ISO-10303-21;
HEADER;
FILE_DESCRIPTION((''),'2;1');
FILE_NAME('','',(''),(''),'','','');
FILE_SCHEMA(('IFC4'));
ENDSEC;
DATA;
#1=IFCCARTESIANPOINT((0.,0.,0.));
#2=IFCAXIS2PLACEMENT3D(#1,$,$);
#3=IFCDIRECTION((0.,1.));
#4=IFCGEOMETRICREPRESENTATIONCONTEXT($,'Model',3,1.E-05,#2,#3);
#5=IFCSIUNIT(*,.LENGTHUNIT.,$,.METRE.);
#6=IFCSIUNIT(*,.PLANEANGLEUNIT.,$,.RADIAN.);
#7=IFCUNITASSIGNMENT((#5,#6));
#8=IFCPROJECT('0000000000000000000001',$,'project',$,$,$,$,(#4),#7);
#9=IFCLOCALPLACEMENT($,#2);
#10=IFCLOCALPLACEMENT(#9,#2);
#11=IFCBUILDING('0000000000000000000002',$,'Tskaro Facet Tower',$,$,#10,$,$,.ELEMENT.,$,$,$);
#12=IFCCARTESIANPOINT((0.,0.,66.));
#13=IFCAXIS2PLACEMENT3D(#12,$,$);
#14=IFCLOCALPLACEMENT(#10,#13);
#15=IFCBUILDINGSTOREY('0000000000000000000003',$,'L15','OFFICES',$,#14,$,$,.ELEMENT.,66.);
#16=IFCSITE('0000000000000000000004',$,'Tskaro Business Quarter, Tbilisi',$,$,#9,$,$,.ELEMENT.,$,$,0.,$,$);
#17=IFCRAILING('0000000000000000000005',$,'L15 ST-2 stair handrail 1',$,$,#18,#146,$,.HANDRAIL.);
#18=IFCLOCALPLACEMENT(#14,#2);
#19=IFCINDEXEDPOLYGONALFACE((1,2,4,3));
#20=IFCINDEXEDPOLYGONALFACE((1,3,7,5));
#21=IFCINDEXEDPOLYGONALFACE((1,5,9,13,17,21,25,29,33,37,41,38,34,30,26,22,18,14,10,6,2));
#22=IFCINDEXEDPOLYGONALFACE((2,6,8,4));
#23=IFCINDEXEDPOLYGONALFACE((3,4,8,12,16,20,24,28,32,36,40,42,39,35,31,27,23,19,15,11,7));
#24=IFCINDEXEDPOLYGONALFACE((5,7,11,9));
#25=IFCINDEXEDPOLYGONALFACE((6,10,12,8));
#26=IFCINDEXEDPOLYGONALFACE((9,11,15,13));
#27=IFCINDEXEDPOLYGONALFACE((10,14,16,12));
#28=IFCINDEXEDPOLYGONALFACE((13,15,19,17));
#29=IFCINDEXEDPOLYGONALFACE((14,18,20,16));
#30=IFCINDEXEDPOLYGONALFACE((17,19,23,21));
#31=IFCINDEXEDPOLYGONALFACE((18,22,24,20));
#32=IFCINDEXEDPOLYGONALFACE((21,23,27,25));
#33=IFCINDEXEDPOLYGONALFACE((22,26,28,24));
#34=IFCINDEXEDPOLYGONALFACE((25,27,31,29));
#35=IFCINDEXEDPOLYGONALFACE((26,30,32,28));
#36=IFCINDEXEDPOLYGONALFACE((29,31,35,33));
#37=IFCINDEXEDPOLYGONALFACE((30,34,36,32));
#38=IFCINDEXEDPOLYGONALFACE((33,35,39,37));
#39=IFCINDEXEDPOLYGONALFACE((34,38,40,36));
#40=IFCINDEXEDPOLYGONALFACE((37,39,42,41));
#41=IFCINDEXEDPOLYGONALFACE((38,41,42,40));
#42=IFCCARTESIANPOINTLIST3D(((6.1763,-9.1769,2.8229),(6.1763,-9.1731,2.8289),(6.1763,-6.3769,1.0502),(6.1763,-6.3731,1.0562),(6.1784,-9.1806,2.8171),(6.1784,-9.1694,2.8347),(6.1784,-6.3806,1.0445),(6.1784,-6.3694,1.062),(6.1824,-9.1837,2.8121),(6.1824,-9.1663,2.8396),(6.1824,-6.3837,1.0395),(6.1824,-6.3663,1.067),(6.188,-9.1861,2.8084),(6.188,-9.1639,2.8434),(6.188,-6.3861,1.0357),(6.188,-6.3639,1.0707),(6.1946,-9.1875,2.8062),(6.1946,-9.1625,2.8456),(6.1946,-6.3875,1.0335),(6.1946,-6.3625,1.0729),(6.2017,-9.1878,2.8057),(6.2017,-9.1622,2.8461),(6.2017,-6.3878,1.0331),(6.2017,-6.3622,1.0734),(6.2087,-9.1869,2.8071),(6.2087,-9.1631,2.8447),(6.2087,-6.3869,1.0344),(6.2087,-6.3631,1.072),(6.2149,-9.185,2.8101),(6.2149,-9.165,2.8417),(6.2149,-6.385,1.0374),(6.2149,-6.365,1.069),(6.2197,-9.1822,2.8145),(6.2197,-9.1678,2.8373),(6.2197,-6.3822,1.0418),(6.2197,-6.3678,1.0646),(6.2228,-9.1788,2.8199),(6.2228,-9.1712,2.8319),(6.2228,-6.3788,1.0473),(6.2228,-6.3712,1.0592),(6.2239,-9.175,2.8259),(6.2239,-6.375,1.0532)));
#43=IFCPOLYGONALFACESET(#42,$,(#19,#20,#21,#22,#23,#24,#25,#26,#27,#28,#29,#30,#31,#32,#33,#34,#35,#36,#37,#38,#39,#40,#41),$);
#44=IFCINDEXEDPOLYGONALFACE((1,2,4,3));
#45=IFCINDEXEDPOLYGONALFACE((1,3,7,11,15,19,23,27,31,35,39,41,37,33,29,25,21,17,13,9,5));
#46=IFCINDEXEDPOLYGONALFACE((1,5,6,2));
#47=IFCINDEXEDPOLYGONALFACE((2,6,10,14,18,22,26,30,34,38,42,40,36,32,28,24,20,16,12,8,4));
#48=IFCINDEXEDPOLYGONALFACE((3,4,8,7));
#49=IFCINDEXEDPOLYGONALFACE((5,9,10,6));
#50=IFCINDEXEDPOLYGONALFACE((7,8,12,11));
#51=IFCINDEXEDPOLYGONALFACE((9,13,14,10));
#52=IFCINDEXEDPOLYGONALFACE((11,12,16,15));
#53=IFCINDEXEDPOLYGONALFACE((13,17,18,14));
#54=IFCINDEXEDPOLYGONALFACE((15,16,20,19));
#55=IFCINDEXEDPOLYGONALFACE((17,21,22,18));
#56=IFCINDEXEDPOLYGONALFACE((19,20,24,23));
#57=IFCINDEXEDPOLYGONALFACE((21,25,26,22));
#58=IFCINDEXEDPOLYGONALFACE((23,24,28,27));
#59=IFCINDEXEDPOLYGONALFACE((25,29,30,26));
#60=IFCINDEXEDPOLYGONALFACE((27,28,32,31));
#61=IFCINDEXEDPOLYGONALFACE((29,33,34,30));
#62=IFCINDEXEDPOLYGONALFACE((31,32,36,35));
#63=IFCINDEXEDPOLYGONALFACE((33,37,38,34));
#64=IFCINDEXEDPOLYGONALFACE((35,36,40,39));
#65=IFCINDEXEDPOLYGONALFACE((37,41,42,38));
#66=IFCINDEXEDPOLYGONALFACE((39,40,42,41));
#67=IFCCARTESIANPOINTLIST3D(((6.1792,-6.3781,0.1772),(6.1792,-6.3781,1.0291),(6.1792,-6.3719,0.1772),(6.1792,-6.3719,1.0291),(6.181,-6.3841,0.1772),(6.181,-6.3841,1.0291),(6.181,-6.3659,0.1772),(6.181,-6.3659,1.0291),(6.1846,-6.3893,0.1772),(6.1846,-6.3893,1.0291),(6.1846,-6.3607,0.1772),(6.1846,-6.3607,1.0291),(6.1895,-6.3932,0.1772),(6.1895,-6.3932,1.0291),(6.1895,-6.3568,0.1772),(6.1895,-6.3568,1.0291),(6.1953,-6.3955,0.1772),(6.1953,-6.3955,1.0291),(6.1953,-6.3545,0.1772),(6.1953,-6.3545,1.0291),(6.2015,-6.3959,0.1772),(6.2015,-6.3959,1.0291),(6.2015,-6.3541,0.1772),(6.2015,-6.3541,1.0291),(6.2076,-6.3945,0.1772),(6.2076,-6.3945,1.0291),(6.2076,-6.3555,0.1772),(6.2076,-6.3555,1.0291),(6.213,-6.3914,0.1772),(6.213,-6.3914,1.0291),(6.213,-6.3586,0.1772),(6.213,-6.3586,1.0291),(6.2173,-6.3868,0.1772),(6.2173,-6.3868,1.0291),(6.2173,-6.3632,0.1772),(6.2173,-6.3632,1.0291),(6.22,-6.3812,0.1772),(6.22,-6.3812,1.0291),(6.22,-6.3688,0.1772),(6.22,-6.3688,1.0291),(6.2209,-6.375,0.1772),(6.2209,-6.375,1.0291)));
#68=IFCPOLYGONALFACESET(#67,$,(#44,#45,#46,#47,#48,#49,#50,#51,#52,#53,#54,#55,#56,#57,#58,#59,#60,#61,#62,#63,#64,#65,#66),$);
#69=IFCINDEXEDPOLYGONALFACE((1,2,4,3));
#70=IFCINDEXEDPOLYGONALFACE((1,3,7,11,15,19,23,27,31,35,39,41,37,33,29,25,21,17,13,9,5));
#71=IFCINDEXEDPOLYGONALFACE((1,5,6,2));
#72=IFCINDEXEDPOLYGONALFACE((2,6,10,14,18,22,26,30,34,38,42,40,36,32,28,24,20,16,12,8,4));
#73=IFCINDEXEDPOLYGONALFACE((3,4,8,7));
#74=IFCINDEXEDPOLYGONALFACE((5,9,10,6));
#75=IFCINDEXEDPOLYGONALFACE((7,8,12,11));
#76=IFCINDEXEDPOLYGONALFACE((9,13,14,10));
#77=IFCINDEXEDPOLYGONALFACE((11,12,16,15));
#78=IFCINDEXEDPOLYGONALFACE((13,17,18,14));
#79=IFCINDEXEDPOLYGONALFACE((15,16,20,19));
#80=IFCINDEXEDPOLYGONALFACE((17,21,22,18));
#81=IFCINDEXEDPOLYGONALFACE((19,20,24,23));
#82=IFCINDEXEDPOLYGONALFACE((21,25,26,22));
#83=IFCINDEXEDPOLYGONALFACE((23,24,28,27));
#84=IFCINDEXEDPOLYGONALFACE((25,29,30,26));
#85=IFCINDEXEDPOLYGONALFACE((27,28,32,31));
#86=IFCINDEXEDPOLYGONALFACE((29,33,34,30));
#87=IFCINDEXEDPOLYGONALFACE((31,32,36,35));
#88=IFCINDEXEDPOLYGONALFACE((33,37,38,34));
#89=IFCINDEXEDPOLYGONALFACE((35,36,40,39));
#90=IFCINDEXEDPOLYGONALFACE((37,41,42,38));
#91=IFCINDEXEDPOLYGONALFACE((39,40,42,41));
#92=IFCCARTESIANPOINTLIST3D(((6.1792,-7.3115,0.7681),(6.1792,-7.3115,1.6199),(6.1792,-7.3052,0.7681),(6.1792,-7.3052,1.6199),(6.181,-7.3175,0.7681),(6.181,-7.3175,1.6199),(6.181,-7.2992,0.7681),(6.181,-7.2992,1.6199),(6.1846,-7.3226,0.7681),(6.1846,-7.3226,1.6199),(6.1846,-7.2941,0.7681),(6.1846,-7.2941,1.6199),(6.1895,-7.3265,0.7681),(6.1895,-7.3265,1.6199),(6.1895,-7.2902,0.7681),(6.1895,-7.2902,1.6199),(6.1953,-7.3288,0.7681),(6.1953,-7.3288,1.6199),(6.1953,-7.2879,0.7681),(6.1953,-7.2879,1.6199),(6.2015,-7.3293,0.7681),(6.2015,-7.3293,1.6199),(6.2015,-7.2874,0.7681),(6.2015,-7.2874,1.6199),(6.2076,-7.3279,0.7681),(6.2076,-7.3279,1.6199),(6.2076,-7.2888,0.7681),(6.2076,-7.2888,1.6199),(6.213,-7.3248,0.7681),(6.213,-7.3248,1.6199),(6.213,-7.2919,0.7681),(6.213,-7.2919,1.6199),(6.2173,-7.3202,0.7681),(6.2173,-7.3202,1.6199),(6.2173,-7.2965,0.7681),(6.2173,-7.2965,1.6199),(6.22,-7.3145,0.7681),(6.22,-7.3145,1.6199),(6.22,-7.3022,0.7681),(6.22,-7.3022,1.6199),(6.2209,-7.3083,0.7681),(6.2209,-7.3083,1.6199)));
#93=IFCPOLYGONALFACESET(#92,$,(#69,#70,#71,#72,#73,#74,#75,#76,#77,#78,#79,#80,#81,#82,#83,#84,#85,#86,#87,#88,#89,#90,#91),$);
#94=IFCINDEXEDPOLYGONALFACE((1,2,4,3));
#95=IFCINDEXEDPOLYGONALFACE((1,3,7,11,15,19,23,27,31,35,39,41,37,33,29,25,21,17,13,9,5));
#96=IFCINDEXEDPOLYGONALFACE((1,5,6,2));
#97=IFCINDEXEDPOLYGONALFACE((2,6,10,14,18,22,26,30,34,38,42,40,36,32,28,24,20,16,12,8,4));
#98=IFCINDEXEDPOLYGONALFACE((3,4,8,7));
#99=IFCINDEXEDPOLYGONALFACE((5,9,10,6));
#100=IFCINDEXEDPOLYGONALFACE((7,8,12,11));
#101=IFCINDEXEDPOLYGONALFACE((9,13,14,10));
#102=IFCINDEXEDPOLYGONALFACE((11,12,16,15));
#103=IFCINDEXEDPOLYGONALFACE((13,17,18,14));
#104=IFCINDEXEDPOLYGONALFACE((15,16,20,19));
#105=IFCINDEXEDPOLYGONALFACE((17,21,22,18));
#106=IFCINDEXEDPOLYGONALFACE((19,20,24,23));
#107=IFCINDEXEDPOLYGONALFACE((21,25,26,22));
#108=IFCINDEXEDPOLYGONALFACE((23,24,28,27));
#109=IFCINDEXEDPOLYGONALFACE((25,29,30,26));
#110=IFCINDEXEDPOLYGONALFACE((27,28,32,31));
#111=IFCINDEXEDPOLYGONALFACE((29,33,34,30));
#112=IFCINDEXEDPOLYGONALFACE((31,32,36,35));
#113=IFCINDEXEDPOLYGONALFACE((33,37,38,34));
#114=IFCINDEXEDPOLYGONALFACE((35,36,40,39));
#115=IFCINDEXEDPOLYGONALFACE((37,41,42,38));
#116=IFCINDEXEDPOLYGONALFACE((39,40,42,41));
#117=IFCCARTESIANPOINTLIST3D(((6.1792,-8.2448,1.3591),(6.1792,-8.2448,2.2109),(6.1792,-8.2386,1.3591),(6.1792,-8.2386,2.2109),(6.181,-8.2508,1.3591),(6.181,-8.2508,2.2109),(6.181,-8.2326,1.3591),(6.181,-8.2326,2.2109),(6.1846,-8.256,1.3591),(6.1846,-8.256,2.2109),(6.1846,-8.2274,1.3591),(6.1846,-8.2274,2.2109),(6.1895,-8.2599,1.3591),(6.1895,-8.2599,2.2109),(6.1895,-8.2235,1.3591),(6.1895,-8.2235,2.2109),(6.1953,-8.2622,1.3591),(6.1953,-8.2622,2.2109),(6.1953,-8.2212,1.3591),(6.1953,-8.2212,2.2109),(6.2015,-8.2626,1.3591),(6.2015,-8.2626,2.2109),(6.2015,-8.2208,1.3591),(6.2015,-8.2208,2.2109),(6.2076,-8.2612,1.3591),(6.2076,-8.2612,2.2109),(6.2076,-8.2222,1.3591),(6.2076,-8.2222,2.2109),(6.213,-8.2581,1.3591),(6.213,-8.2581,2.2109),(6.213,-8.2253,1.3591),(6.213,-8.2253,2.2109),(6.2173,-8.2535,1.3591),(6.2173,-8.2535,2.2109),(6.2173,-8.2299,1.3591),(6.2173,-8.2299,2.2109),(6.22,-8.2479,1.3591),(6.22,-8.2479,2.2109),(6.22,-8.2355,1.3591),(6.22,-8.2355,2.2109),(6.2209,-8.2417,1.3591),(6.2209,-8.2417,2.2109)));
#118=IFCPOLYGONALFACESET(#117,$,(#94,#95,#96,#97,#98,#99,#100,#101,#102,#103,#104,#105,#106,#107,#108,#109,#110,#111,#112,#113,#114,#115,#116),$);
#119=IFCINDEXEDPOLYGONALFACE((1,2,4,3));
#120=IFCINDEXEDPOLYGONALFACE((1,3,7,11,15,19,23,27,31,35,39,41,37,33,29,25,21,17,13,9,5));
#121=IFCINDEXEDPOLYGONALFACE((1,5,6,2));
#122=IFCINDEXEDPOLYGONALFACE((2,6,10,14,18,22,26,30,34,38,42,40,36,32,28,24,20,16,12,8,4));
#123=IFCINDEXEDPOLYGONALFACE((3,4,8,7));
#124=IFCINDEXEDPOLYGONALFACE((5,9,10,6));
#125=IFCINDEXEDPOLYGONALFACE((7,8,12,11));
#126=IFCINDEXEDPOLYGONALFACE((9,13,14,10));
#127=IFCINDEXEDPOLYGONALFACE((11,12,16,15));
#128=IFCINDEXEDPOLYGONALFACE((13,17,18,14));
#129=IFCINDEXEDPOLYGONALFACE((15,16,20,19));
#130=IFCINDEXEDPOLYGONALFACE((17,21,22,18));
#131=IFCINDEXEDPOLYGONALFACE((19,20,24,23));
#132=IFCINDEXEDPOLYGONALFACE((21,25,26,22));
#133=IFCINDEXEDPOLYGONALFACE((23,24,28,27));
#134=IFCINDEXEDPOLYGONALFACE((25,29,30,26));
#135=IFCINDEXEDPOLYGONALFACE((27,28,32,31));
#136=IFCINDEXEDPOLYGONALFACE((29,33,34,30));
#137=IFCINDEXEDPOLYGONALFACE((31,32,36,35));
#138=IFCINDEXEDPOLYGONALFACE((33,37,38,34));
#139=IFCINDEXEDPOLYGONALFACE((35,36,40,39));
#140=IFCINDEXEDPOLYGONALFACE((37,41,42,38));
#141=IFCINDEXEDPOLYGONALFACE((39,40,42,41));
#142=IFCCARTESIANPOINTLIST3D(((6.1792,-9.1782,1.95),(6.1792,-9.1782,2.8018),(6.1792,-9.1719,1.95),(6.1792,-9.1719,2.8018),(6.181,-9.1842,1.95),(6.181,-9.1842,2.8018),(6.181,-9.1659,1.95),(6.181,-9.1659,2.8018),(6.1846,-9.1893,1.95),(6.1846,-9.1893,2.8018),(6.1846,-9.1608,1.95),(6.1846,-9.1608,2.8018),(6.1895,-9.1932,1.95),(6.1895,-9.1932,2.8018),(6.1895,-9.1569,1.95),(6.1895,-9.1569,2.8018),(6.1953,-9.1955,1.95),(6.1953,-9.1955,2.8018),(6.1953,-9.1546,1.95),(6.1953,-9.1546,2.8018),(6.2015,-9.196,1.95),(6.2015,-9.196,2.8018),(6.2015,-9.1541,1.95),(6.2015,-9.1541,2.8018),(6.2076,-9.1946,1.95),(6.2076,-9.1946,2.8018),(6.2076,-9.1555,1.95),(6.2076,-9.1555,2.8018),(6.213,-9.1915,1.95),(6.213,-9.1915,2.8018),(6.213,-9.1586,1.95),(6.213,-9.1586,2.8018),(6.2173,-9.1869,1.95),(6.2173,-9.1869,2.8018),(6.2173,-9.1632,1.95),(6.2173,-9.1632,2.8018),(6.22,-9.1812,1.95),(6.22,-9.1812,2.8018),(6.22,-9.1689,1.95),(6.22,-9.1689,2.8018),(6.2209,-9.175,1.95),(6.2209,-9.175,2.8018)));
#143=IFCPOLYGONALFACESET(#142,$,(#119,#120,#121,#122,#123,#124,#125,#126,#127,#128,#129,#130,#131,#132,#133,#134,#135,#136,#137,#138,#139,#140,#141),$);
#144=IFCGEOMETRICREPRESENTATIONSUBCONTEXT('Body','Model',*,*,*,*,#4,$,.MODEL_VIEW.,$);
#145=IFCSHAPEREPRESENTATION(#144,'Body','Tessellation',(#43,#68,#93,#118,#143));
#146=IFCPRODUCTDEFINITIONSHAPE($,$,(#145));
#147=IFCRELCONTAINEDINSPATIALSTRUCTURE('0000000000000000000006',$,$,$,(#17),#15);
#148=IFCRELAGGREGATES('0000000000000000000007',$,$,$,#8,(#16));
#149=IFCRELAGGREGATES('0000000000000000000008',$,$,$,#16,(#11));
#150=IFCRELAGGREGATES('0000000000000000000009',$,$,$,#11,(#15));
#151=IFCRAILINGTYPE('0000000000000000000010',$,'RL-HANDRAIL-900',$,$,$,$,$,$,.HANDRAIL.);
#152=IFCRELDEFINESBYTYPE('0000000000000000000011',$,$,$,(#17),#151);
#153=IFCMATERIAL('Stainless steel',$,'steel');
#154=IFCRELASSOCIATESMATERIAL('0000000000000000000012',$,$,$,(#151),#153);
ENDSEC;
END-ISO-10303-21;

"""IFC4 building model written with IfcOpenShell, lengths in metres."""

from ifc_helpers import new_model, si_unit, direction, frame, origin, origin_2d, place, context, subcontext, project, spatial, circle, extrude, material, type_object, element, save


model = new_model("IFC4")

# Units and contexts
model_context = context("Model", 3, precision=1e-05, world=origin(), true_north=direction((0.0, 1.0)))
body_context = subcontext(model_context, "Body", "Model", "MODEL_VIEW")
ifc_project = project(units=[si_unit("LENGTHUNIT", "METRE"), si_unit("PLANEANGLEUNIT", "RADIAN")], contexts=[model_context])

# Site, building, storey
site_placement = place(None, origin())
site = spatial("IfcSite", under=ifc_project, at=site_placement, Name="Tskaro Business Quarter, Tbilisi", CompositionType="ELEMENT", RefElevation=0.0)
building_placement = place(site_placement, origin())
building = spatial("IfcBuilding", under=site, at=building_placement, Name="Tskaro Facet Tower", CompositionType="ELEMENT")
storey_placement = place(building_placement, frame((0.0, 0.0, 66.0)))
storey = spatial("IfcBuildingStorey", under=building, at=storey_placement, Name="L15", Description="OFFICES", CompositionType="ELEMENT", Elevation=66.0)

# Railing
ifc_material_1 = material(Name="Stainless steel", Category="steel")
railing_type_1 = type_object("IfcRailingType", Name="RL-HANDRAIL-900", PredefinedType="HANDRAIL", material=ifc_material_1)
railing_1_placement = place(storey_placement, frame((6.2, -6.375, 0.1772)))
element("IfcRailing", 1, at=railing_1_placement, inside=storey, type_object=railing_type_1, Name="L15 ST-2 stair handrail 1", PredefinedType="HANDRAIL", context=body_context, shape_type="SweptSolid", body=[
    extrude(circle(Radius=0.0239, at=origin_2d()), frame((0.0, 0.0, 0.876), z_axis=(0.0, -0.844909, 0.53491), x_axis=(1.0, 0.0, 0.0)), (0.0, 0.0, 1.0), 3.314),
    extrude(circle(Radius=0.021, at=origin_2d()), origin(), (0.0, 0.0, 1.0), 0.8518),
    extrude(circle(Radius=0.021, at=origin_2d()), frame((0.0, -0.9333, 0.5908)), (0.0, 0.0, 1.0), 0.8518),
    extrude(circle(Radius=0.021, at=origin_2d()), frame((0.0, -1.8667, 1.1819)), (0.0, 0.0, 1.0), 0.8518),
    extrude(circle(Radius=0.021, at=origin_2d()), frame((0.0, -2.8, 1.7727)), (0.0, 0.0, 1.0), 0.8518),
])

save(model, "model.ifc")
